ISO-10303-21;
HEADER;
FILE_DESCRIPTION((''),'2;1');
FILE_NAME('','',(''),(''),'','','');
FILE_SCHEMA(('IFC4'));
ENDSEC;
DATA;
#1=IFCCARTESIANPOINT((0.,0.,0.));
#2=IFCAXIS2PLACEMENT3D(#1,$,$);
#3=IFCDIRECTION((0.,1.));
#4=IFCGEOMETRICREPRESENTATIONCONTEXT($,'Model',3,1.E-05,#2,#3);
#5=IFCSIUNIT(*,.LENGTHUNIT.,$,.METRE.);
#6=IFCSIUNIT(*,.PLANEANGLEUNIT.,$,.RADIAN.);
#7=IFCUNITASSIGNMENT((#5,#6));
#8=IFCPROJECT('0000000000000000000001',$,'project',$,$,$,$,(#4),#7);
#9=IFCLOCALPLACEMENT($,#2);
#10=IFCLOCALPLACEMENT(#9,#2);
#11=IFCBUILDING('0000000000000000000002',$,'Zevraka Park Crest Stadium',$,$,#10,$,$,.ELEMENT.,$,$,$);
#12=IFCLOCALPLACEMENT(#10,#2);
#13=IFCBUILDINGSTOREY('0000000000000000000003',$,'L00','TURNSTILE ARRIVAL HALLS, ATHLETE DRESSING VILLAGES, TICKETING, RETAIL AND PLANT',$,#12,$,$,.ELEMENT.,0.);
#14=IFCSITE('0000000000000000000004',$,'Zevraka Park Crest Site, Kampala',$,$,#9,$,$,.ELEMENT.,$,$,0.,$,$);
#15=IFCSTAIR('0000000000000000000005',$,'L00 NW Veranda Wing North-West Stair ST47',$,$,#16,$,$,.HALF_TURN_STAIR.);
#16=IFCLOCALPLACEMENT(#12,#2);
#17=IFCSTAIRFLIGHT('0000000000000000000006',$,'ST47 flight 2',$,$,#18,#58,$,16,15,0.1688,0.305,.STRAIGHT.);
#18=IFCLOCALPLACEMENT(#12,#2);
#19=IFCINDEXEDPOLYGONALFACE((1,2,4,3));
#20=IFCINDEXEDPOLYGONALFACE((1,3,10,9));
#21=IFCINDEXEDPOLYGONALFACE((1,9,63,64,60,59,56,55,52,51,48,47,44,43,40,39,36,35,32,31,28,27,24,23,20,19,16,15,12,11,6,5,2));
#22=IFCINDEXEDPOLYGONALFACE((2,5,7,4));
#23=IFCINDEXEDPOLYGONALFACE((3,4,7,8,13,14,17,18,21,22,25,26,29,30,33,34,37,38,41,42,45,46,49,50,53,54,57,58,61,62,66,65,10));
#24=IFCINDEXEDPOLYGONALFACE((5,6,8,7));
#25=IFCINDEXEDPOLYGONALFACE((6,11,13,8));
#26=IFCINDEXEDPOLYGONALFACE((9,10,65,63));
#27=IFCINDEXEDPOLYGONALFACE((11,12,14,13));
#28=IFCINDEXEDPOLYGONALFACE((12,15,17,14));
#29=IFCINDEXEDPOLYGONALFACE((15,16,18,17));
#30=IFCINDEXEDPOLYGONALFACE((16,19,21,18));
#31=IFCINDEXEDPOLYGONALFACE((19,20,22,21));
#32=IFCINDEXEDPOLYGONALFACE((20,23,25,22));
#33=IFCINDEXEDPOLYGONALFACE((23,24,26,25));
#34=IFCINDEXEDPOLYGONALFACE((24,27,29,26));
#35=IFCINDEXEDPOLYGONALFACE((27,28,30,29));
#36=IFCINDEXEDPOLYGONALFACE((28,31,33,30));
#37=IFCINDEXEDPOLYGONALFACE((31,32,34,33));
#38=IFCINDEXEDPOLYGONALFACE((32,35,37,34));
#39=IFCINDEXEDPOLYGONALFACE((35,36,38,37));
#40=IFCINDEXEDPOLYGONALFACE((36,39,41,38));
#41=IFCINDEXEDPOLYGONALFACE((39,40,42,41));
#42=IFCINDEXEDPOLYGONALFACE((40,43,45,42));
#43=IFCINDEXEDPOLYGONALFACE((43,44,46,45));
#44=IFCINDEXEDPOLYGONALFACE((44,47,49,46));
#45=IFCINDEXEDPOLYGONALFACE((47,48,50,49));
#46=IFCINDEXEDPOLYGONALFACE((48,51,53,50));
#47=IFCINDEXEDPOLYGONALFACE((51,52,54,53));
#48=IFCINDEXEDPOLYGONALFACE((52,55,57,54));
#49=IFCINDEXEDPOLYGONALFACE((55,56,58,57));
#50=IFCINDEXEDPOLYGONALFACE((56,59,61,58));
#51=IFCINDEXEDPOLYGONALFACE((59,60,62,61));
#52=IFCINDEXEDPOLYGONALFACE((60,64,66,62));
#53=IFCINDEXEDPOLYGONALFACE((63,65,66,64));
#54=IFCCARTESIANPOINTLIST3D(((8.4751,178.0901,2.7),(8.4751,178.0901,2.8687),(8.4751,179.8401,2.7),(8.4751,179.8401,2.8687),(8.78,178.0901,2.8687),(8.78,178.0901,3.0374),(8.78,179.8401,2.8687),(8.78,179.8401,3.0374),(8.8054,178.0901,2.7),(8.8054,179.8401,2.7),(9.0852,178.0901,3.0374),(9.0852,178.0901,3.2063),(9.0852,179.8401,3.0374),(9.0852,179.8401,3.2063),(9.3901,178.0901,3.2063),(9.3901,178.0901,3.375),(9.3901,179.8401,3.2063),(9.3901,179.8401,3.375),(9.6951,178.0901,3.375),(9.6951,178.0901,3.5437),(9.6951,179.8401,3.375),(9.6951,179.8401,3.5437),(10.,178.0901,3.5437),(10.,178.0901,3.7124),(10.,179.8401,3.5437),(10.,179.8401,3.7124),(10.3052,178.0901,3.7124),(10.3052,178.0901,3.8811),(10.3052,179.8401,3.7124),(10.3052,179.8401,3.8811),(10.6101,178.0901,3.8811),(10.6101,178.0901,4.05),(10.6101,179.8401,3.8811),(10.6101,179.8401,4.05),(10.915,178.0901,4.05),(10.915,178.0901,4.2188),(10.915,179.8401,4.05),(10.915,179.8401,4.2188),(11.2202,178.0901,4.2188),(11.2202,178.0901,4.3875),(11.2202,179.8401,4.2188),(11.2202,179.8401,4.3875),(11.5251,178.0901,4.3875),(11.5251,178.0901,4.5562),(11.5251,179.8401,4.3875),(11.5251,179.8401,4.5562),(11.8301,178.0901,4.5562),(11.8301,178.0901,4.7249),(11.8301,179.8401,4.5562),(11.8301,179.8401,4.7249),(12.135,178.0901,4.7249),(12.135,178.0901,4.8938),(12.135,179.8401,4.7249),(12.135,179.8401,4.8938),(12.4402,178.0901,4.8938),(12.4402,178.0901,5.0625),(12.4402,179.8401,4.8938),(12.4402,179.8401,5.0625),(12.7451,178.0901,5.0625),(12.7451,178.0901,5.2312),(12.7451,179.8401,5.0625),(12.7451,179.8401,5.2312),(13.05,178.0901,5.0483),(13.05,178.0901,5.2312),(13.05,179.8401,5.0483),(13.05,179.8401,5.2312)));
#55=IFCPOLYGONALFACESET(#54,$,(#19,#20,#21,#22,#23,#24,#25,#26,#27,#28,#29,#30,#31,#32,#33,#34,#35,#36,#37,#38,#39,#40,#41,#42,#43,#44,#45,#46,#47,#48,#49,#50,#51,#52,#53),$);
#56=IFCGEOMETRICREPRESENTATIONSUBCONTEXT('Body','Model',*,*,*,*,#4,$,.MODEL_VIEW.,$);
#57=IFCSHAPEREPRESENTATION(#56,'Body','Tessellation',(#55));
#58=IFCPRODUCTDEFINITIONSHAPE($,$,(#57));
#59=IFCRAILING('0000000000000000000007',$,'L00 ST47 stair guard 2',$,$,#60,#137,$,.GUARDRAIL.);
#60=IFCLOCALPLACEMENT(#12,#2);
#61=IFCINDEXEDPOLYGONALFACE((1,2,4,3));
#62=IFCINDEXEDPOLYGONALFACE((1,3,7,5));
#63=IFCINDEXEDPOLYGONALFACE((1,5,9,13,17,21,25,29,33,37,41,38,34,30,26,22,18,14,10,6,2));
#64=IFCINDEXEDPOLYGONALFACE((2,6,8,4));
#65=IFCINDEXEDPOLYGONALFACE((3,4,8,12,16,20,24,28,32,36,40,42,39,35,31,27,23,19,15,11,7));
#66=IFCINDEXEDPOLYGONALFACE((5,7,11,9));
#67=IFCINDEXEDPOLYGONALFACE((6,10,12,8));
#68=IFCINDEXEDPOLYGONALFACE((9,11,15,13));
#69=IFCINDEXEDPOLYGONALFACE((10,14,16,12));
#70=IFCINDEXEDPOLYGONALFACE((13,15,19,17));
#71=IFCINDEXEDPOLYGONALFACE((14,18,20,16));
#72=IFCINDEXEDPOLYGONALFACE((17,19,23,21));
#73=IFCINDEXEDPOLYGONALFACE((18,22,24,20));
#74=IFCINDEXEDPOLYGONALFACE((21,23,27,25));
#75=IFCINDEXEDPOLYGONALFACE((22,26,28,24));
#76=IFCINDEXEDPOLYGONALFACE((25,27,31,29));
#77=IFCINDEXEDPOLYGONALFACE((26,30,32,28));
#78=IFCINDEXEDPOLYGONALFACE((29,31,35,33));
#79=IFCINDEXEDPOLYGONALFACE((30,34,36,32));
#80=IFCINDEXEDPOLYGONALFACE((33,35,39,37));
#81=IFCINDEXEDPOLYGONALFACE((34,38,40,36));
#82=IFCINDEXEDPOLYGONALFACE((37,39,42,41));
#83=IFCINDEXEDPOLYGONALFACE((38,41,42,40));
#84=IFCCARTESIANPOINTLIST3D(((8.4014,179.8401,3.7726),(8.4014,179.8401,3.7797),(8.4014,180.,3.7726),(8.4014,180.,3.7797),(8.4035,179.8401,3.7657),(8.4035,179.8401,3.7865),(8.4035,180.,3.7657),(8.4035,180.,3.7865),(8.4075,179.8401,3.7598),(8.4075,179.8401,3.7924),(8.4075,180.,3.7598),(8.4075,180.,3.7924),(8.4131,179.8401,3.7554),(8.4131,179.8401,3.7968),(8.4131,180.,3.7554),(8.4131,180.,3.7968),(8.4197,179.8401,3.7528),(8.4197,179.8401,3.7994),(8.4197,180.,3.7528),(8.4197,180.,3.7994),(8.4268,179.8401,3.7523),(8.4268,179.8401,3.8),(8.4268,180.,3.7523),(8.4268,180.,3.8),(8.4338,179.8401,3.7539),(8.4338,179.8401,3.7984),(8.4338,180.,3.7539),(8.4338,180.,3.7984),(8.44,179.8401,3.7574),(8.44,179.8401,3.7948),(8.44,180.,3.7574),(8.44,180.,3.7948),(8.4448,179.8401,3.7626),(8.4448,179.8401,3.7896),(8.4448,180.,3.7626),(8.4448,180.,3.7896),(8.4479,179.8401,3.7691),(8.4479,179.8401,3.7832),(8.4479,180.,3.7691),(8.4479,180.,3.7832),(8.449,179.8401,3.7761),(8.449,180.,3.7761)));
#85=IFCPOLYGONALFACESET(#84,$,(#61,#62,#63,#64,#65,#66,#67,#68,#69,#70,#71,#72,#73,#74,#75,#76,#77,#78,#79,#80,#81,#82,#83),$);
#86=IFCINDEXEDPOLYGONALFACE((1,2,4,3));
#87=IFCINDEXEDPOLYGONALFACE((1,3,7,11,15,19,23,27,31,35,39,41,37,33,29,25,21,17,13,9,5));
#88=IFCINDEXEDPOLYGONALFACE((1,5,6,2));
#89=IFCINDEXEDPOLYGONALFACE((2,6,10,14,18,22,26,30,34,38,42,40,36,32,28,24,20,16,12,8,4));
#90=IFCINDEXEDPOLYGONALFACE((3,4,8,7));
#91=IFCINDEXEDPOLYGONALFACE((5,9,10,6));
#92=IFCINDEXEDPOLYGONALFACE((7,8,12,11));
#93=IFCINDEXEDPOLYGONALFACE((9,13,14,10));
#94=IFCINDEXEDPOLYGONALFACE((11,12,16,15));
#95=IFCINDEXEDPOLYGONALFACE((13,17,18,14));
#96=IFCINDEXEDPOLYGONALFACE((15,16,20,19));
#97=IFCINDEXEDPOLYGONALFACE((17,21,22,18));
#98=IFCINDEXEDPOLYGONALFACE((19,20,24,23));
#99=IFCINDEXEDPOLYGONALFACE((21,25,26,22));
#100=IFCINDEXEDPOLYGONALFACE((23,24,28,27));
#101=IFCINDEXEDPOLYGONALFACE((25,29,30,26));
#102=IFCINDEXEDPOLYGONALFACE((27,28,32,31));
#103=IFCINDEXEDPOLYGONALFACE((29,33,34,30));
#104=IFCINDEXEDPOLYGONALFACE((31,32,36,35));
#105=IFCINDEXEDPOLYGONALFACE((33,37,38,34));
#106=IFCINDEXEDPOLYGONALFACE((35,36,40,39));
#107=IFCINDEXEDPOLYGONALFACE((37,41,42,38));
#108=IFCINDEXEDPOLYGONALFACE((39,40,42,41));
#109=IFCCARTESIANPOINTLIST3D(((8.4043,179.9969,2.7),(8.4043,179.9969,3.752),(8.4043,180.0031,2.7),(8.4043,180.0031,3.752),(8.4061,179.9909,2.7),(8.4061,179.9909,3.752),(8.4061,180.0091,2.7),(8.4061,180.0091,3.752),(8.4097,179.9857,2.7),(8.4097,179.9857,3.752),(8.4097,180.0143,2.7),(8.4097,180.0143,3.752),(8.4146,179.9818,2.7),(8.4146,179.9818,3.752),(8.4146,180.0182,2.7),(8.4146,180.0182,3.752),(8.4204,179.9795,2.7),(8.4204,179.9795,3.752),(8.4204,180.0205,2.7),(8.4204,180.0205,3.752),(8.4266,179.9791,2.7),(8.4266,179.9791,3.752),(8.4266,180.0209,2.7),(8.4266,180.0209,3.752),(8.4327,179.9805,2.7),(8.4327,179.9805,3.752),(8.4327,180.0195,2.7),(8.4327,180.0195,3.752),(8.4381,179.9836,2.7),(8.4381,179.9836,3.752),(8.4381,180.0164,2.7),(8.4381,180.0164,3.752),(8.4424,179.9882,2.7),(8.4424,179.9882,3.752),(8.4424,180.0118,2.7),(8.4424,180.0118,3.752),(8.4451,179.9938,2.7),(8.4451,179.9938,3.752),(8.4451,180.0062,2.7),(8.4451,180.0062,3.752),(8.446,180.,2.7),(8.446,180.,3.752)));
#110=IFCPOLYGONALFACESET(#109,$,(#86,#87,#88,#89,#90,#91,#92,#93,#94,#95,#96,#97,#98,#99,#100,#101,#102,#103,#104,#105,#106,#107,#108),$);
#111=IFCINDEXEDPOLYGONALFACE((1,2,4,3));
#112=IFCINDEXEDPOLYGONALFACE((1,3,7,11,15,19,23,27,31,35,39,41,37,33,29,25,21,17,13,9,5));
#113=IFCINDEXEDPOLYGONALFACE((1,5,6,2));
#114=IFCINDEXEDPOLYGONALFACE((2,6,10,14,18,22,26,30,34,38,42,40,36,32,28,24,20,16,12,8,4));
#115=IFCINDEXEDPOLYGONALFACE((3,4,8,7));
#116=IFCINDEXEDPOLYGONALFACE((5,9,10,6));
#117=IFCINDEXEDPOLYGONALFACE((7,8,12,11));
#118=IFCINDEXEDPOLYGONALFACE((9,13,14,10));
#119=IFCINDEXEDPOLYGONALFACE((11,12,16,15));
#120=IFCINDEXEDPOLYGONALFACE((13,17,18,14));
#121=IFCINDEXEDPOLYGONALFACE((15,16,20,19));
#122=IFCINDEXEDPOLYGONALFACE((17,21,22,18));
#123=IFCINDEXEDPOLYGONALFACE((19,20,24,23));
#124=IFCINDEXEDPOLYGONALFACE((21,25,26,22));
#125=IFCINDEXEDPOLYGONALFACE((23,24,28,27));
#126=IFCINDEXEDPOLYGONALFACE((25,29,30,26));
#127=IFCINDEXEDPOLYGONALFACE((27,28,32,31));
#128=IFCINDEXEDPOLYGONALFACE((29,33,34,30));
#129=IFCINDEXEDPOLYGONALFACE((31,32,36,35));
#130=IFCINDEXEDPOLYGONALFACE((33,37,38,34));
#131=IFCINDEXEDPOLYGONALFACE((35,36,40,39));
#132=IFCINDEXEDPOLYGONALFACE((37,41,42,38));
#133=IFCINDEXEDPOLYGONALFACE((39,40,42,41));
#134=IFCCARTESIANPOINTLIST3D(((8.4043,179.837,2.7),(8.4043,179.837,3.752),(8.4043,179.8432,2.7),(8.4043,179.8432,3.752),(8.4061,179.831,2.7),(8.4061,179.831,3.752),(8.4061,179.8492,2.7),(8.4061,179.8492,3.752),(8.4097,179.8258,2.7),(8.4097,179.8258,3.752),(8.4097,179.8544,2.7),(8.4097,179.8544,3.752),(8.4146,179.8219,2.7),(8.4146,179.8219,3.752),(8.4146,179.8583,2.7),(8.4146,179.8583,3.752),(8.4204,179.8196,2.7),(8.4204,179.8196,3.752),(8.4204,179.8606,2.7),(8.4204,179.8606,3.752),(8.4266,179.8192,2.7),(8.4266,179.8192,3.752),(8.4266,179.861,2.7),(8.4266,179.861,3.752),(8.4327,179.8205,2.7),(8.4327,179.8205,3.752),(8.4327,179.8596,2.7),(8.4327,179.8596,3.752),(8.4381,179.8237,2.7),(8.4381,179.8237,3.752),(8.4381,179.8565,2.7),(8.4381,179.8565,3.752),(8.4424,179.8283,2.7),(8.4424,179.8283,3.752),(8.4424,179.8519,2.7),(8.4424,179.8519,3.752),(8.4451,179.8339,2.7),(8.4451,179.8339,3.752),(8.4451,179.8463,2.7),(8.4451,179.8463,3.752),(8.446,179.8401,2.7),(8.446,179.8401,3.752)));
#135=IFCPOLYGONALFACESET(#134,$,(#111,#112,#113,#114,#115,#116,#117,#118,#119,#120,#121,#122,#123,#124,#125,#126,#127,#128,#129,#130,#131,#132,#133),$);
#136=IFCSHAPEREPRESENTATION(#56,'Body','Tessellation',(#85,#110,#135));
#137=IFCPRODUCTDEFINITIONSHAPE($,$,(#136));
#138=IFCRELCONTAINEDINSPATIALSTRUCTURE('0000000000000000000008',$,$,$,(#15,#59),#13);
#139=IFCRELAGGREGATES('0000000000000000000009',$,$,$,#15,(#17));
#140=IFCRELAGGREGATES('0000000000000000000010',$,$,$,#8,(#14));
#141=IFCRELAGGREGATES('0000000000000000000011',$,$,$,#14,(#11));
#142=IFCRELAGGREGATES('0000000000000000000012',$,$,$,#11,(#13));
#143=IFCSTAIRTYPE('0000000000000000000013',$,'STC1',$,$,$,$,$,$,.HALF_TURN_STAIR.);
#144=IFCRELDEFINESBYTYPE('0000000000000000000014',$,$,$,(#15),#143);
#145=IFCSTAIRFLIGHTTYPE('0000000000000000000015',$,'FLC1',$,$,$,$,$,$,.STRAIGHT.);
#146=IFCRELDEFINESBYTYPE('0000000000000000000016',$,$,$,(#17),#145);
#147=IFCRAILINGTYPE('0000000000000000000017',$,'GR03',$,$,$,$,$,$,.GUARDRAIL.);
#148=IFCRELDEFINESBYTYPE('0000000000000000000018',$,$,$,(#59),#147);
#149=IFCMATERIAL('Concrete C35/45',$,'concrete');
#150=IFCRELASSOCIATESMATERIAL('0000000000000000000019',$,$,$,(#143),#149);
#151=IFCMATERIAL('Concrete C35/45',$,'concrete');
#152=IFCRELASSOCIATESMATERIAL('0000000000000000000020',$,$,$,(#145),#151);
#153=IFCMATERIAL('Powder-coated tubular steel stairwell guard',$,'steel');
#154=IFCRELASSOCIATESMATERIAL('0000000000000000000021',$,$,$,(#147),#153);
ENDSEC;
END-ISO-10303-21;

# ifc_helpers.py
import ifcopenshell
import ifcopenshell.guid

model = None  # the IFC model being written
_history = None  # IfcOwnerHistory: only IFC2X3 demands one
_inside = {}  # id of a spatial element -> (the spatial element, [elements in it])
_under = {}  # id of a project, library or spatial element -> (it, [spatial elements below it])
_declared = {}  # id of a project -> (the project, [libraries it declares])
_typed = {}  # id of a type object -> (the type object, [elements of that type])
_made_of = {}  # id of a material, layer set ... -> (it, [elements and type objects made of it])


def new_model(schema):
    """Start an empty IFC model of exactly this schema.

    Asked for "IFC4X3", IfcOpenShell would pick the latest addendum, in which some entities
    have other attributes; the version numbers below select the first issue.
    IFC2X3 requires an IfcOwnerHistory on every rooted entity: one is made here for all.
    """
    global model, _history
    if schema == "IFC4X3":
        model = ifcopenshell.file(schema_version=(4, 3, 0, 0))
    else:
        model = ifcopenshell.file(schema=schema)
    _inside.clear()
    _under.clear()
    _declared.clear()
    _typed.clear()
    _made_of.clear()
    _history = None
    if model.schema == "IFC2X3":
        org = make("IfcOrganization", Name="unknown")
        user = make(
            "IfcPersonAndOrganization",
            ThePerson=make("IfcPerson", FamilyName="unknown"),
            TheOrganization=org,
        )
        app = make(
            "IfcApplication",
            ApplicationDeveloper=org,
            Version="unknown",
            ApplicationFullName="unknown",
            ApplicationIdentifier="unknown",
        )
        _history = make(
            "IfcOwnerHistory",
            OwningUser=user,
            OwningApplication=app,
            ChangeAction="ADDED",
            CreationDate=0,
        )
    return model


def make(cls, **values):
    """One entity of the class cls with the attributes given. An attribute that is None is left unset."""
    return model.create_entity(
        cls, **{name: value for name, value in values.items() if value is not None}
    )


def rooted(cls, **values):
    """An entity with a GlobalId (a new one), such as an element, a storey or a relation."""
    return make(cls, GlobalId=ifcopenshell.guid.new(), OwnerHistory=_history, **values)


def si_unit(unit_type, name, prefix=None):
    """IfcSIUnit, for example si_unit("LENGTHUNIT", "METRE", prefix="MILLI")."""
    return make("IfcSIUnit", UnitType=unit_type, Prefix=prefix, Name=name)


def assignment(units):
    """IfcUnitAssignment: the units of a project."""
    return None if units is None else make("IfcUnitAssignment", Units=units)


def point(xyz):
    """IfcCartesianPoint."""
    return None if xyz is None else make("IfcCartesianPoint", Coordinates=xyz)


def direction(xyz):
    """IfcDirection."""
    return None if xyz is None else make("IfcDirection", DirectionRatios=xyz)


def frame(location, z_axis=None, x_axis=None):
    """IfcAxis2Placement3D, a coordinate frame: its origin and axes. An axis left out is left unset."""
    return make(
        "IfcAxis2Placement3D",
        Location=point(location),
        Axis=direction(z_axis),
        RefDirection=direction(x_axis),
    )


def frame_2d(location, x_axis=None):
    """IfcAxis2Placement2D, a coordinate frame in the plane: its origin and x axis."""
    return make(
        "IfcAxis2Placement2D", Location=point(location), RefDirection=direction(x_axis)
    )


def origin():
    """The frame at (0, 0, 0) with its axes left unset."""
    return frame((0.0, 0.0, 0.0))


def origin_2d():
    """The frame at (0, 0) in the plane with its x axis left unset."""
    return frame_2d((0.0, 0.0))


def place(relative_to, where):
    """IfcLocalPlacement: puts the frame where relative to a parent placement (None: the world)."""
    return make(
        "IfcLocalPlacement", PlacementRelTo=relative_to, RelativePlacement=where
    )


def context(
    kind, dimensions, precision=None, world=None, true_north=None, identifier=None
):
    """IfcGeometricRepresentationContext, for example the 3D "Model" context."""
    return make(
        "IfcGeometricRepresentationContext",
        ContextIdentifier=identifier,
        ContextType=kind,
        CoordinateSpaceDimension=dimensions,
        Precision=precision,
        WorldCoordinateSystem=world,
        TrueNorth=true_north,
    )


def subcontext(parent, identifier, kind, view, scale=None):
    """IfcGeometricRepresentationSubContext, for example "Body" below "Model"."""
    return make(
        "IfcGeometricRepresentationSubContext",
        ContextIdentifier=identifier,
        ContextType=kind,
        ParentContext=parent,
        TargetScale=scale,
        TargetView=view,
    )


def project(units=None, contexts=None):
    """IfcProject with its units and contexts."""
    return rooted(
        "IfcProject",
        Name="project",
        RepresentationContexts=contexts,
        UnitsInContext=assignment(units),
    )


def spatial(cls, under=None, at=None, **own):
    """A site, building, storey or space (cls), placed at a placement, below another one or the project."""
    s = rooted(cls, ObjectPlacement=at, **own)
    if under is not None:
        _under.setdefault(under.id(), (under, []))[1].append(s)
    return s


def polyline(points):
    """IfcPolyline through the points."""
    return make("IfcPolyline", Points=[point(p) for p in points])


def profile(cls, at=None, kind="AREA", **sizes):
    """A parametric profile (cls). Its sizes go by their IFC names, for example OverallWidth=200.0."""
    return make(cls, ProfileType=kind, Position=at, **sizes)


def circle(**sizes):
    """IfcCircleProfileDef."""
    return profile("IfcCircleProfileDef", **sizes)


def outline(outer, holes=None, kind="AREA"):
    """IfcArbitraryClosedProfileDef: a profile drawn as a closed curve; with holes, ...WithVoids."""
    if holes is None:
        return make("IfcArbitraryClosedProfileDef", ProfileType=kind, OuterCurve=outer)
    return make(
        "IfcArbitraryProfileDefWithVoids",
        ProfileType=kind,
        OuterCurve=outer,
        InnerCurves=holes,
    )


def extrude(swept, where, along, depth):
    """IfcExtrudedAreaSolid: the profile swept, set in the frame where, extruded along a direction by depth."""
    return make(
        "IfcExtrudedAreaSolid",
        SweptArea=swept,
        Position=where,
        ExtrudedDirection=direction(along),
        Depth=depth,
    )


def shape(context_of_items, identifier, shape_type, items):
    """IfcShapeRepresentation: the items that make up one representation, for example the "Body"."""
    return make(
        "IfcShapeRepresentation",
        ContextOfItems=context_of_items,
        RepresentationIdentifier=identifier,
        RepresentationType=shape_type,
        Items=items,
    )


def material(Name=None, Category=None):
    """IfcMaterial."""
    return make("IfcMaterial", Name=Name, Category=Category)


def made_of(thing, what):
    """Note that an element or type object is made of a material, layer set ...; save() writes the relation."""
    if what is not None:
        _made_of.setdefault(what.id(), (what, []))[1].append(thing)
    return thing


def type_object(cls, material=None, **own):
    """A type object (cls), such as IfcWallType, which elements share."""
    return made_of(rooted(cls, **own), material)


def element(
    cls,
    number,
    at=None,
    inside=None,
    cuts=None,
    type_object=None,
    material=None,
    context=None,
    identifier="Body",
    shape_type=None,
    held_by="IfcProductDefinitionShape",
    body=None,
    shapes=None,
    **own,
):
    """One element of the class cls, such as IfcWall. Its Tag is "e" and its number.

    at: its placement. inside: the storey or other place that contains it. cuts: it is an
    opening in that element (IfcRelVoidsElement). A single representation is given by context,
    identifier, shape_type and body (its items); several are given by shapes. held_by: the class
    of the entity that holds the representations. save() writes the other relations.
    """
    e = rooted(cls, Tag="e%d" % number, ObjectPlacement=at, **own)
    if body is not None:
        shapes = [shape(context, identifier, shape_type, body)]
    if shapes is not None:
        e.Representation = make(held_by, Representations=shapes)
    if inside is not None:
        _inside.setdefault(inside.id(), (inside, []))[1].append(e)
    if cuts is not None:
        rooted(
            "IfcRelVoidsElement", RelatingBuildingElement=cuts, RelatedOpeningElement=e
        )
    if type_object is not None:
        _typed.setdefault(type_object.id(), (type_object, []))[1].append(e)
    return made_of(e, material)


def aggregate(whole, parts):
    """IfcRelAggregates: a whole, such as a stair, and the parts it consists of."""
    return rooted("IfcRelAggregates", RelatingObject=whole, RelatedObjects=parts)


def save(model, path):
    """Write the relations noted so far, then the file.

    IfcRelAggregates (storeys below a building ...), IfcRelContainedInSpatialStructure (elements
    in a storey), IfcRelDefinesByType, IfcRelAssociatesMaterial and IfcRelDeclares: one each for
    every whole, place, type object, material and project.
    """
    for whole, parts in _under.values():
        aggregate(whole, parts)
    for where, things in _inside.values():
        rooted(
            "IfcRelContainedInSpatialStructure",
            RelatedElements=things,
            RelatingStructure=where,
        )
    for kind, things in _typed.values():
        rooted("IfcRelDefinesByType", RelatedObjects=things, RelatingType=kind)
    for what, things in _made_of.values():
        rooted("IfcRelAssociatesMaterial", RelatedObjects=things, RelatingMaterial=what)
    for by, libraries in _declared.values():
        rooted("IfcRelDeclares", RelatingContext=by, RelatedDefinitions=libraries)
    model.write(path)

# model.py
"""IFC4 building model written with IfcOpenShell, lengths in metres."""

from ifc_helpers import new_model, si_unit, direction, frame, origin, origin_2d, place, context, subcontext, project, spatial, polyline, circle, outline, extrude, material, type_object, element, aggregate, save


model = new_model("IFC4")

# Units and contexts
model_context = context("Model", 3, precision=1e-05, world=origin(), true_north=direction((0.0, 1.0)))
body_context = subcontext(model_context, "Body", "Model", "MODEL_VIEW")
ifc_project = project(units=[si_unit("LENGTHUNIT", "METRE"), si_unit("PLANEANGLEUNIT", "RADIAN")], contexts=[model_context])

# Site, building, storey
site_placement = place(None, origin())
site = spatial("IfcSite", under=ifc_project, at=site_placement, Name="Zevraka Park Crest Site, Kampala", CompositionType="ELEMENT", RefElevation=0.0)
building_placement = place(site_placement, origin())
building = spatial("IfcBuilding", under=site, at=building_placement, Name="Zevraka Park Crest Stadium", CompositionType="ELEMENT")
storey_placement = place(building_placement, origin())
storey = spatial("IfcBuildingStorey", under=building, at=storey_placement, Name="L00", Description="TURNSTILE ARRIVAL HALLS, ATHLETE DRESSING VILLAGES, TICKETING, RETAIL AND PLANT", CompositionType="ELEMENT", Elevation=0.0)

# Stair, stair flight
ifc_material_1 = material(Name="Concrete C35/45", Category="concrete")
stair_type = type_object("IfcStairType", Name="STC1", PredefinedType="HALF_TURN_STAIR", material=ifc_material_1)
stair_placement = place(storey_placement, origin())
stair = element("IfcStair", 1, at=stair_placement, inside=storey, type_object=stair_type, Name="L00 NW Veranda Wing North-West Stair ST47", PredefinedType="HALF_TURN_STAIR")
ifc_material_2 = material(Name="Concrete C35/45", Category="concrete")
stair_flight_type = type_object("IfcStairFlightType", Name="FLC1", PredefinedType="STRAIGHT", material=ifc_material_2)
stair_flight_placement = place(storey_placement, frame((8.4751, 178.9651, 2.7), z_axis=(0.0, 0.0, 1.0), x_axis=(1.0, 0.0, 0.0)))
stair_flight = element("IfcStairFlight", 2, at=stair_flight_placement, type_object=stair_flight_type, Name="ST47 flight 2", NumberOfRisers=16, NumberOfTreads=15, PredefinedType="STRAIGHT", RiserHeight=0.1688, TreadLength=0.305, context=body_context, shape_type="SweptSolid", body=[
    extrude(outline(polyline([(0.0, 0.0), (0.0, 0.1687), (0.3049, 0.1687), (0.3049, 0.3374), (0.6101, 0.3374), (0.6101, 0.5063), (0.915, 0.5063), (0.915, 0.675), (1.22, 0.675), (1.22, 0.8438), (1.5249, 0.8438), (1.5249, 1.0125), (1.8301, 1.0125), (1.8301, 1.1812), (2.135, 1.1812), (2.135, 1.3501), (2.4399, 1.3501), (2.4399, 1.5188), (2.7451, 1.5188), (2.7451, 1.6875), (3.05, 1.6875), (3.05, 1.8562), (3.355, 1.8562), (3.355, 2.0249), (3.6599, 2.0249), (3.6599, 2.1938), (3.9651, 2.1938), (3.9651, 2.3625), (4.27, 2.3625), (4.27, 2.5312), (4.575, 2.5312), (4.575, 2.7), (4.575, 2.3484), (0.3303, 0.0), (0.0, 0.0)])), frame((0.0, 0.875, 0.0), z_axis=(0.0, -1.0, 0.0), x_axis=(1.0, 0.0, 0.0)), (0.0, 0.0, 1.0), 1.75),
])
aggregate(stair, [stair_flight])

# Railing
ifc_material_3 = material(Name="Powder-coated tubular steel stairwell guard", Category="steel")
railing_type_1 = type_object("IfcRailingType", Name="GR03", PredefinedType="GUARDRAIL", material=ifc_material_3)
railing_1_placement = place(storey_placement, frame((8.425, 180.0, 2.7)))
element("IfcRailing", 3, at=railing_1_placement, inside=storey, type_object=railing_type_1, Name="L00 ST47 stair guard 2", PredefinedType="GUARDRAIL", context=body_context, shape_type="SweptSolid", body=[
    extrude(circle(Radius=0.0239, at=origin_2d()), frame((0.0, 0.0, 1.0762), z_axis=(0.0, -1.0, 0.0), x_axis=(1.0, 0.0, 0.0)), (0.0, 0.0, 1.0), 0.1599),
    extrude(circle(Radius=0.021, at=origin_2d()), origin(), (0.0, 0.0, 1.0), 1.052),
    extrude(circle(Radius=0.021, at=origin_2d()), frame((0.0, -0.1599, 0.0)), (0.0, 0.0, 1.0), 1.052),
])

save(model, "model.ifc")
